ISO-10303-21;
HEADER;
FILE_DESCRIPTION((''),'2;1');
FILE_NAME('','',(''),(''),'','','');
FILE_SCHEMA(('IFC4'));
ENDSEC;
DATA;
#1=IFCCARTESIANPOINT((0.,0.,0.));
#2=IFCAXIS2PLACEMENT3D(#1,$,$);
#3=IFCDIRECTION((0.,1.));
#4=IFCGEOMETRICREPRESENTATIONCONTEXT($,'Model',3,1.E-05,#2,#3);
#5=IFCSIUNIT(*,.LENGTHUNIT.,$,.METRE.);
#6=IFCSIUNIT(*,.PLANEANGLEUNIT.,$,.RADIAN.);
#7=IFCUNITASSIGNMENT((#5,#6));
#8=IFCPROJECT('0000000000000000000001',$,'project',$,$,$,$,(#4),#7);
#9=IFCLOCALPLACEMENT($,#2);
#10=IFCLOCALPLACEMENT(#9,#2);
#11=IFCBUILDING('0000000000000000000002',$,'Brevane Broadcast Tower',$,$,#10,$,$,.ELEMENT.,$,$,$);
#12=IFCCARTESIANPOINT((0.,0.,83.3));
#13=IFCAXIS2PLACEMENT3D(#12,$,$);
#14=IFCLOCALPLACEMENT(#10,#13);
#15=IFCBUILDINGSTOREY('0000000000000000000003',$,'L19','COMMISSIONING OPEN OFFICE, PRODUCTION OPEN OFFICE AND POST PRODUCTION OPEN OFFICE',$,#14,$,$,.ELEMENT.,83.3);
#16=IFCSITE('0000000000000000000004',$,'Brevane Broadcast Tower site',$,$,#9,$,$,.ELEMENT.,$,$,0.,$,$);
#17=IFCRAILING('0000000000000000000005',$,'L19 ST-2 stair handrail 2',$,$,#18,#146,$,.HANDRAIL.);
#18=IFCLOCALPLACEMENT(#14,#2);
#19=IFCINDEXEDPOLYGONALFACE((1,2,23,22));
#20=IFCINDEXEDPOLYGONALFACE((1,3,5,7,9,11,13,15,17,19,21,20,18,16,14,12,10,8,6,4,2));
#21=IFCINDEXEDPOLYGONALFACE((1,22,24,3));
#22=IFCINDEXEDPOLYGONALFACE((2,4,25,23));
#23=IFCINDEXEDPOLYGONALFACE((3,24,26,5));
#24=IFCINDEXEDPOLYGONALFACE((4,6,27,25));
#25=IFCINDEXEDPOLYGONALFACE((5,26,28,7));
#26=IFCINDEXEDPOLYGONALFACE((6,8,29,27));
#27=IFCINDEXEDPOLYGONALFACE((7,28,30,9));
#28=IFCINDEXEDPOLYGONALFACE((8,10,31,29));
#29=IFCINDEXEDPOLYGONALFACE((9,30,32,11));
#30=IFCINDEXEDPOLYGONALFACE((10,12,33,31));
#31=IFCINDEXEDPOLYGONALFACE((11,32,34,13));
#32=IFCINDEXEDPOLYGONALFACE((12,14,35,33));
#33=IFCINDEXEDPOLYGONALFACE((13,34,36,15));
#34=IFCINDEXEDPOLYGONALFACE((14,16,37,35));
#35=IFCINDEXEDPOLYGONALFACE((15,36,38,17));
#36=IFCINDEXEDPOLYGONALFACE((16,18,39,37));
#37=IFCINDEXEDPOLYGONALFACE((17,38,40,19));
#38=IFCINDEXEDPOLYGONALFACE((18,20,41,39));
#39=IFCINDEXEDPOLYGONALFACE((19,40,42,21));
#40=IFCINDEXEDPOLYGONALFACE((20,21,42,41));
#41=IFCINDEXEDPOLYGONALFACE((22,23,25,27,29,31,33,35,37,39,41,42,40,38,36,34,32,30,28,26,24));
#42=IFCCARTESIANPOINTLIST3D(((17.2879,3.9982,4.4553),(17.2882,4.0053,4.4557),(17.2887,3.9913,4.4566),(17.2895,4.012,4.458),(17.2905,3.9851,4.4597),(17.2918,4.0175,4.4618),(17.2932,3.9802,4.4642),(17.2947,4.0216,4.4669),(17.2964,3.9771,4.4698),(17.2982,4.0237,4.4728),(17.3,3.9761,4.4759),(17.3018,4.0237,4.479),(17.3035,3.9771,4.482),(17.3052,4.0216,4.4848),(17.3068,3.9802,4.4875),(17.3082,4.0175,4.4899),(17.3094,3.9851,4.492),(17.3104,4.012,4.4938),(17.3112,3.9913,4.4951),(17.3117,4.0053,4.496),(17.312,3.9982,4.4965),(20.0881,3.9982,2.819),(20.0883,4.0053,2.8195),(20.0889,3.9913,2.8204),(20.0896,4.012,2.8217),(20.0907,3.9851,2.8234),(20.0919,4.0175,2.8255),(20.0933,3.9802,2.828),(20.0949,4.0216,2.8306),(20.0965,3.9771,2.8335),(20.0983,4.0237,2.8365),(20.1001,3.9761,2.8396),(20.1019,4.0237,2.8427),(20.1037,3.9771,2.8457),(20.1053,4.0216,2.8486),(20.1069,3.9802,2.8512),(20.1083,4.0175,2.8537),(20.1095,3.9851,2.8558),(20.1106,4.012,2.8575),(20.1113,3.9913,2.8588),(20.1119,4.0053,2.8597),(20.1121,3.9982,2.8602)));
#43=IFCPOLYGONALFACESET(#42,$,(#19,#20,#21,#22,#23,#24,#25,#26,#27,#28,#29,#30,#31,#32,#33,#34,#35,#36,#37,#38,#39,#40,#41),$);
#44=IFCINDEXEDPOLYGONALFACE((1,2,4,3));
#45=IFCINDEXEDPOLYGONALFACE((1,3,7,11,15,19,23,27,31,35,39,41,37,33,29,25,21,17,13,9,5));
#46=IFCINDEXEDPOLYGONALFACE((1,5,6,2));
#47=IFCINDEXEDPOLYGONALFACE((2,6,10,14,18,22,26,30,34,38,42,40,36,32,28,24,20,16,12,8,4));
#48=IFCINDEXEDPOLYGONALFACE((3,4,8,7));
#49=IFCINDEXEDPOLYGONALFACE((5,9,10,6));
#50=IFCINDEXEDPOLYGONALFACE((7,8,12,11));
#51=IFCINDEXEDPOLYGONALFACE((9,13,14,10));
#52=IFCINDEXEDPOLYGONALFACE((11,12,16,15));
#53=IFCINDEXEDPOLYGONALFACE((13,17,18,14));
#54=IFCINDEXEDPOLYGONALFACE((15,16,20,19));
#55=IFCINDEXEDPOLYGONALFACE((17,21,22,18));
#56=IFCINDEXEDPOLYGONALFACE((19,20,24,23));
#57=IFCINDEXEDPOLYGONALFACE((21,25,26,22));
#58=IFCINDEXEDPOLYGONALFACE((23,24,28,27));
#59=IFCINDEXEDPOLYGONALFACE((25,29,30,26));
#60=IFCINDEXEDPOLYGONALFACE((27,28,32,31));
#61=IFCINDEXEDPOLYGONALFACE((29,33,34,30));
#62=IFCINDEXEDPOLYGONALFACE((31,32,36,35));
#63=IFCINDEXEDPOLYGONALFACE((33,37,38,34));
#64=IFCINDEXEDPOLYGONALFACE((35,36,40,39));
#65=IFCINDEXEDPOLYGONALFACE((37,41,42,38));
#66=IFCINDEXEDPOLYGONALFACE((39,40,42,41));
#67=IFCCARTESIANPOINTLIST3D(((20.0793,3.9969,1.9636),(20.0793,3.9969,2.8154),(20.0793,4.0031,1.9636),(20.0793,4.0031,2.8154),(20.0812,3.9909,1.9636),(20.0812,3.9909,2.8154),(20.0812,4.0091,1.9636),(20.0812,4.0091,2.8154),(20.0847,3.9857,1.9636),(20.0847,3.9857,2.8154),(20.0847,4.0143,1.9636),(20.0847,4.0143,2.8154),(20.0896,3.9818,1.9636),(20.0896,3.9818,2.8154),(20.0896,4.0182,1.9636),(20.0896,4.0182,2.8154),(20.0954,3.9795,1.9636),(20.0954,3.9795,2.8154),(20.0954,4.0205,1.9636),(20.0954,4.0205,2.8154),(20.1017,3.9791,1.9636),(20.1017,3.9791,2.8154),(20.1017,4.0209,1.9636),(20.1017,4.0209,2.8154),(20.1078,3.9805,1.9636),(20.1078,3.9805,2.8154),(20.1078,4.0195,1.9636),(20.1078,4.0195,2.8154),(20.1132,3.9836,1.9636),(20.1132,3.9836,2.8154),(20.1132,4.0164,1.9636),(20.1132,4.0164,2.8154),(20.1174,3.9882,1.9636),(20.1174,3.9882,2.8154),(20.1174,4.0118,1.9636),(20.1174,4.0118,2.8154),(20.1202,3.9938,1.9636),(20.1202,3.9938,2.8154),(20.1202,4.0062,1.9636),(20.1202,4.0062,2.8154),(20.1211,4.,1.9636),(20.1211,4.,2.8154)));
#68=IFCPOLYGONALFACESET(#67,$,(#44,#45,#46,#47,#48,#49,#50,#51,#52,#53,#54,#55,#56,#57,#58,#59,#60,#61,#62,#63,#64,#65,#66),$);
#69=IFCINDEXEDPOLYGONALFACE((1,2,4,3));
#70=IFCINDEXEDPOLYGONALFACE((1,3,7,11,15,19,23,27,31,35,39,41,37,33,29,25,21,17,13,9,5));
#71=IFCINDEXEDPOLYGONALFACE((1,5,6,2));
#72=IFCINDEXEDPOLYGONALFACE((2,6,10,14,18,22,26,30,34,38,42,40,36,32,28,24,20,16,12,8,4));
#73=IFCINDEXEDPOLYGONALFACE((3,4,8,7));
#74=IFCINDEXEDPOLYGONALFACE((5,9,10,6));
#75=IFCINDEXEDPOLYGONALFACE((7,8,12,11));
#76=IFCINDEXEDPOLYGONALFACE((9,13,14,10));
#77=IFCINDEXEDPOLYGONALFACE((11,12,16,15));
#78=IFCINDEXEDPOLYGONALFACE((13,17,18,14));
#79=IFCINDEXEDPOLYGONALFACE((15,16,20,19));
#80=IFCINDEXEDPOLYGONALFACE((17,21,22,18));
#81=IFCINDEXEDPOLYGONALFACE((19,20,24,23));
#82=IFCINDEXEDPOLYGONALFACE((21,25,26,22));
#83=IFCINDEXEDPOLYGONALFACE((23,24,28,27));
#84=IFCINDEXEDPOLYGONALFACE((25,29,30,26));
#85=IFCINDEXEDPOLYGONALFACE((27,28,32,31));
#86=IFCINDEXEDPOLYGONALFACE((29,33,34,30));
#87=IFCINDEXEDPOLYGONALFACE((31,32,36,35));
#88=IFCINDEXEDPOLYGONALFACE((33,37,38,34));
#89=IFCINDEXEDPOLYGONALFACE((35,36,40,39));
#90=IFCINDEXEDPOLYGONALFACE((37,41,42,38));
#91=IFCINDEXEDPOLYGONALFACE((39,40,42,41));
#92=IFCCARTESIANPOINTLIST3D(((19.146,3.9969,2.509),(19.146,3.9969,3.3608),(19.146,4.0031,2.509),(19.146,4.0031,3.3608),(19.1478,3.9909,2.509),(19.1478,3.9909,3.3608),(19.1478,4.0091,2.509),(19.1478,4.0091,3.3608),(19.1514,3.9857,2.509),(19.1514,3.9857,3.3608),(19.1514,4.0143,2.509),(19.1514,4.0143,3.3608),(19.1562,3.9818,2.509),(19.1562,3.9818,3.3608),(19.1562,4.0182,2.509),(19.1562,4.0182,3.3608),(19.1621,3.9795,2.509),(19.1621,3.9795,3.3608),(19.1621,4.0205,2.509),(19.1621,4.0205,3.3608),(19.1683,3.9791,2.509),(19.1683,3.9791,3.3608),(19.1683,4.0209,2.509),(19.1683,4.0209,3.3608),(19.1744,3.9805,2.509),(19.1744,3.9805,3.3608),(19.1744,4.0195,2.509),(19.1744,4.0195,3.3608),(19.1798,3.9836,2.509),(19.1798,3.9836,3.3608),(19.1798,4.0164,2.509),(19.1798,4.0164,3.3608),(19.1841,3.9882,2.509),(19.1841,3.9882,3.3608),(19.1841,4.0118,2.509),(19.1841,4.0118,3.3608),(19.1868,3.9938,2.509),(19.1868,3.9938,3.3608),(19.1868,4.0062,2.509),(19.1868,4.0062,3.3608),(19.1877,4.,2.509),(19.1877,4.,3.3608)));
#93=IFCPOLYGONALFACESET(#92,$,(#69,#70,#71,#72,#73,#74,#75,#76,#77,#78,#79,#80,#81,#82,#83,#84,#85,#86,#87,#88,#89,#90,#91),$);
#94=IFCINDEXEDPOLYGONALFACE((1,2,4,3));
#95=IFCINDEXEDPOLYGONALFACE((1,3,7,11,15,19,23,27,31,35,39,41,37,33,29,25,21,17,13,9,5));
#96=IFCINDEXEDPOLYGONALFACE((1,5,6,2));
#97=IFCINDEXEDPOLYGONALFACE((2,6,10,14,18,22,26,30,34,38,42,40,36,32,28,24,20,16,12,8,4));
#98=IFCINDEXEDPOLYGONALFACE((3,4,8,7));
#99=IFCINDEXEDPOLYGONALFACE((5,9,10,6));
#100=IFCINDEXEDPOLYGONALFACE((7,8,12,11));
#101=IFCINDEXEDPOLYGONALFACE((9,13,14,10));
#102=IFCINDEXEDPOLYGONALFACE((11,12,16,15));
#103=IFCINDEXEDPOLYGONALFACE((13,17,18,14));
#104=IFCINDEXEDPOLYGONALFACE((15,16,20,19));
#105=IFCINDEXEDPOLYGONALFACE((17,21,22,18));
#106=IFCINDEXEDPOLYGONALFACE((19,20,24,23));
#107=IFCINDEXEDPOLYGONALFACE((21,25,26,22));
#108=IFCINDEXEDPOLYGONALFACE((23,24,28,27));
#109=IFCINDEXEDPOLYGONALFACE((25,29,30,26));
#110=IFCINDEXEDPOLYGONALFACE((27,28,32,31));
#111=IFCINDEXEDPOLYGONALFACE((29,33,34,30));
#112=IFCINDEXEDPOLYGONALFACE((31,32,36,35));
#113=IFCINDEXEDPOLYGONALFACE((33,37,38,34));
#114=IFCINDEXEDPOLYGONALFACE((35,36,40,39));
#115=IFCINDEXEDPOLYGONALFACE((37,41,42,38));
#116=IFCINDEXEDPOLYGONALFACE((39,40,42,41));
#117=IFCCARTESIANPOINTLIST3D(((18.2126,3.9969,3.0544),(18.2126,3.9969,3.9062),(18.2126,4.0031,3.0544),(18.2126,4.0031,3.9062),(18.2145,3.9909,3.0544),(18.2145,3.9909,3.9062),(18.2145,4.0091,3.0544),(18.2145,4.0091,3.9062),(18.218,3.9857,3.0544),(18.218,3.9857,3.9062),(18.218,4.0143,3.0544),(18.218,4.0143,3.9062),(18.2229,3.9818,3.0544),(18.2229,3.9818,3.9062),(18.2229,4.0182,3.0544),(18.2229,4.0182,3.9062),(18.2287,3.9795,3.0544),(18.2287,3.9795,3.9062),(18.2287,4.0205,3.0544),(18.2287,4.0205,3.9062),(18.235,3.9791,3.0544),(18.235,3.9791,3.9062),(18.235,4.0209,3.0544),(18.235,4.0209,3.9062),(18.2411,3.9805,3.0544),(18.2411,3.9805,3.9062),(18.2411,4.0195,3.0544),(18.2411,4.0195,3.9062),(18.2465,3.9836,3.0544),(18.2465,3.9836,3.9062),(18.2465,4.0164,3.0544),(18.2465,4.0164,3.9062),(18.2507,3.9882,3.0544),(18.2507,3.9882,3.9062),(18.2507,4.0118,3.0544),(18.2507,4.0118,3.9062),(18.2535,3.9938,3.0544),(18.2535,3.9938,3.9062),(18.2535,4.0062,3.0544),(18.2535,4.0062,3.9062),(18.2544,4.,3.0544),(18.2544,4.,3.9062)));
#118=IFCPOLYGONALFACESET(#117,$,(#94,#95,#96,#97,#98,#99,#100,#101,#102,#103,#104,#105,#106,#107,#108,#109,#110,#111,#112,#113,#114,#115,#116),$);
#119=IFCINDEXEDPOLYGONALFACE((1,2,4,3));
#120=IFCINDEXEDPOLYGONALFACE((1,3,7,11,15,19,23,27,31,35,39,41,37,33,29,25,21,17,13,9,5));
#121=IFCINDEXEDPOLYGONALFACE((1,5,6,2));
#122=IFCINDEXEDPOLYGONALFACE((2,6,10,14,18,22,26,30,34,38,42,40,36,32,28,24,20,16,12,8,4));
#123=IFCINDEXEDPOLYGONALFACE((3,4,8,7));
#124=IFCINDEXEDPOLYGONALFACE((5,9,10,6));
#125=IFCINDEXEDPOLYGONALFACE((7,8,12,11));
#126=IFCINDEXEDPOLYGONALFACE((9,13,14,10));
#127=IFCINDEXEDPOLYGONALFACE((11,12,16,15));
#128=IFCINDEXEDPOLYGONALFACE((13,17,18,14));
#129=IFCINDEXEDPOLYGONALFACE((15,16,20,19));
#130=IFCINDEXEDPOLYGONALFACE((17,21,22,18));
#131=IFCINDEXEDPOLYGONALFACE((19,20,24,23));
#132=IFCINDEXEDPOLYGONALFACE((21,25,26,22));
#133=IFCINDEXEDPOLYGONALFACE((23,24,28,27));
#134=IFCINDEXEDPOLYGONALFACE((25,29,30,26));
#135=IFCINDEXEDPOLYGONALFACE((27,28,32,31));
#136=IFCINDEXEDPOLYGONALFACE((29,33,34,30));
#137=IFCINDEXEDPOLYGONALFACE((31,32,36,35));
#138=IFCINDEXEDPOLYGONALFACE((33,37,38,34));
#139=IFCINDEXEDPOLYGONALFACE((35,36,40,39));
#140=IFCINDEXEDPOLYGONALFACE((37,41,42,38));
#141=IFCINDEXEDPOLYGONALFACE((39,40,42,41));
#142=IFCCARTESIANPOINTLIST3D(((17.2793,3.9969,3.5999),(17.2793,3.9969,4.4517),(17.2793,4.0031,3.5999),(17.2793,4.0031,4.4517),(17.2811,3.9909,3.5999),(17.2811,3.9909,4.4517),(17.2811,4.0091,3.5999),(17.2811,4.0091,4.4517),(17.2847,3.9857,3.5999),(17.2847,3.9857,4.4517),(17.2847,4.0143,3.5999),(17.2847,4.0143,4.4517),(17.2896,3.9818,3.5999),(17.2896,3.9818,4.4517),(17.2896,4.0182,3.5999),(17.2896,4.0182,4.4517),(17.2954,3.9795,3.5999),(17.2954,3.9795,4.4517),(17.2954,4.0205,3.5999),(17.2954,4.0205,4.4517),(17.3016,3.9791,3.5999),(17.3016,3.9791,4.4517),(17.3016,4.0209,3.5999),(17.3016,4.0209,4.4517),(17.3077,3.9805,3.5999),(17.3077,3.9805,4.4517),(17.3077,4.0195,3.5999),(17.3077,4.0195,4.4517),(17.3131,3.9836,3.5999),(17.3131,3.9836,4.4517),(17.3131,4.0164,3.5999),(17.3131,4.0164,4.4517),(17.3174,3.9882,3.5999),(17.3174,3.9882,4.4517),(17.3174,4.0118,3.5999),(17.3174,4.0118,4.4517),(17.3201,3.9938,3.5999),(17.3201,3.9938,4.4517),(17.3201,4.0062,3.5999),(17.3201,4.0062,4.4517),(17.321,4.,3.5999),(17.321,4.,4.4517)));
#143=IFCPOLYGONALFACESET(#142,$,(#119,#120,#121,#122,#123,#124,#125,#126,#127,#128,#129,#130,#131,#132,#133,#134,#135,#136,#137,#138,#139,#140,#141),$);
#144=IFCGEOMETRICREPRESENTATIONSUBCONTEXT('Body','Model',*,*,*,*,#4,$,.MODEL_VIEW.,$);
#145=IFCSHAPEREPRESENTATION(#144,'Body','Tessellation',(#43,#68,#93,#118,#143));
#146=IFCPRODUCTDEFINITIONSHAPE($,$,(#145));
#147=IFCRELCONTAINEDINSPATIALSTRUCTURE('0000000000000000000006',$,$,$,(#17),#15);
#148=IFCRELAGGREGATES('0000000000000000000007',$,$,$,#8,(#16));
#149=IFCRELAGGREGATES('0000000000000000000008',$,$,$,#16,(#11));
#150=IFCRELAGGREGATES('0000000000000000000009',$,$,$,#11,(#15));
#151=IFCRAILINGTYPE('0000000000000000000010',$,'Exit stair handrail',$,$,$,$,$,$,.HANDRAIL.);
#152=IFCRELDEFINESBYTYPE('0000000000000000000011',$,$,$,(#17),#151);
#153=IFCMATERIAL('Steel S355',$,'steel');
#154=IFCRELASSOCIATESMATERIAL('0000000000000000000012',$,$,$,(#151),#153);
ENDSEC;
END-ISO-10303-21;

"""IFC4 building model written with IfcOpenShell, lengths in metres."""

from ifc_helpers import new_model, si_unit, direction, frame, origin, origin_2d, place, context, subcontext, project, spatial, circle, extrude, material, type_object, element, save


model = new_model("IFC4")

# Units and contexts
model_context = context("Model", 3, precision=1e-05, world=origin(), true_north=direction((0.0, 1.0)))
body_context = subcontext(model_context, "Body", "Model", "MODEL_VIEW")
ifc_project = project(units=[si_unit("LENGTHUNIT", "METRE"), si_unit("PLANEANGLEUNIT", "RADIAN")], contexts=[model_context])

# Site, building, storey
site_placement = place(None, origin())
site = spatial("IfcSite", under=ifc_project, at=site_placement, Name="Brevane Broadcast Tower site", CompositionType="ELEMENT", RefElevation=0.0)
building_placement = place(site_placement, origin())
building = spatial("IfcBuilding", under=site, at=building_placement, Name="Brevane Broadcast Tower", CompositionType="ELEMENT")
storey_placement = place(building_placement, frame((0.0, 0.0, 83.3)))
storey = spatial("IfcBuildingStorey", under=building, at=storey_placement, Name="L19", Description="COMMISSIONING OPEN OFFICE, PRODUCTION OPEN OFFICE AND POST PRODUCTION OPEN OFFICE", CompositionType="ELEMENT", Elevation=83.3)

# Railing
ifc_material_1 = material(Name="Steel S355", Category="steel")
railing_type_1 = type_object("IfcRailingType", Name="Exit stair handrail", PredefinedType="HANDRAIL", material=ifc_material_1)
railing_1_placement = place(storey_placement, frame((20.1001, 4.0, 1.9636)))
element("IfcRailing", 1, at=railing_1_placement, inside=storey, type_object=railing_type_1, Name="L19 ST-2 stair handrail 2", PredefinedType="HANDRAIL", context=body_context, shape_type="SweptSolid", body=[
    extrude(circle(Radius=0.0239, at=origin_2d()), frame((0.0, 0.0, 0.876), z_axis=(-0.863394, 0.0, 0.504531), x_axis=(0.0, -1.0, 0.0)), (0.0, 0.0, 1.0), 3.2432),
    extrude(circle(Radius=0.021, at=origin_2d()), origin(), (0.0, 0.0, 1.0), 0.8518),
    extrude(circle(Radius=0.021, at=origin_2d()), frame((-0.9333, 0.0, 0.5454)), (0.0, 0.0, 1.0), 0.8518),
    extrude(circle(Radius=0.021, at=origin_2d()), frame((-1.8667, 0.0, 1.0908)), (0.0, 0.0, 1.0), 0.8518),
    extrude(circle(Radius=0.021, at=origin_2d()), frame((-2.8, 0.0, 1.6362)), (0.0, 0.0, 1.0), 0.8518),
])

save(model, "model.ifc")
